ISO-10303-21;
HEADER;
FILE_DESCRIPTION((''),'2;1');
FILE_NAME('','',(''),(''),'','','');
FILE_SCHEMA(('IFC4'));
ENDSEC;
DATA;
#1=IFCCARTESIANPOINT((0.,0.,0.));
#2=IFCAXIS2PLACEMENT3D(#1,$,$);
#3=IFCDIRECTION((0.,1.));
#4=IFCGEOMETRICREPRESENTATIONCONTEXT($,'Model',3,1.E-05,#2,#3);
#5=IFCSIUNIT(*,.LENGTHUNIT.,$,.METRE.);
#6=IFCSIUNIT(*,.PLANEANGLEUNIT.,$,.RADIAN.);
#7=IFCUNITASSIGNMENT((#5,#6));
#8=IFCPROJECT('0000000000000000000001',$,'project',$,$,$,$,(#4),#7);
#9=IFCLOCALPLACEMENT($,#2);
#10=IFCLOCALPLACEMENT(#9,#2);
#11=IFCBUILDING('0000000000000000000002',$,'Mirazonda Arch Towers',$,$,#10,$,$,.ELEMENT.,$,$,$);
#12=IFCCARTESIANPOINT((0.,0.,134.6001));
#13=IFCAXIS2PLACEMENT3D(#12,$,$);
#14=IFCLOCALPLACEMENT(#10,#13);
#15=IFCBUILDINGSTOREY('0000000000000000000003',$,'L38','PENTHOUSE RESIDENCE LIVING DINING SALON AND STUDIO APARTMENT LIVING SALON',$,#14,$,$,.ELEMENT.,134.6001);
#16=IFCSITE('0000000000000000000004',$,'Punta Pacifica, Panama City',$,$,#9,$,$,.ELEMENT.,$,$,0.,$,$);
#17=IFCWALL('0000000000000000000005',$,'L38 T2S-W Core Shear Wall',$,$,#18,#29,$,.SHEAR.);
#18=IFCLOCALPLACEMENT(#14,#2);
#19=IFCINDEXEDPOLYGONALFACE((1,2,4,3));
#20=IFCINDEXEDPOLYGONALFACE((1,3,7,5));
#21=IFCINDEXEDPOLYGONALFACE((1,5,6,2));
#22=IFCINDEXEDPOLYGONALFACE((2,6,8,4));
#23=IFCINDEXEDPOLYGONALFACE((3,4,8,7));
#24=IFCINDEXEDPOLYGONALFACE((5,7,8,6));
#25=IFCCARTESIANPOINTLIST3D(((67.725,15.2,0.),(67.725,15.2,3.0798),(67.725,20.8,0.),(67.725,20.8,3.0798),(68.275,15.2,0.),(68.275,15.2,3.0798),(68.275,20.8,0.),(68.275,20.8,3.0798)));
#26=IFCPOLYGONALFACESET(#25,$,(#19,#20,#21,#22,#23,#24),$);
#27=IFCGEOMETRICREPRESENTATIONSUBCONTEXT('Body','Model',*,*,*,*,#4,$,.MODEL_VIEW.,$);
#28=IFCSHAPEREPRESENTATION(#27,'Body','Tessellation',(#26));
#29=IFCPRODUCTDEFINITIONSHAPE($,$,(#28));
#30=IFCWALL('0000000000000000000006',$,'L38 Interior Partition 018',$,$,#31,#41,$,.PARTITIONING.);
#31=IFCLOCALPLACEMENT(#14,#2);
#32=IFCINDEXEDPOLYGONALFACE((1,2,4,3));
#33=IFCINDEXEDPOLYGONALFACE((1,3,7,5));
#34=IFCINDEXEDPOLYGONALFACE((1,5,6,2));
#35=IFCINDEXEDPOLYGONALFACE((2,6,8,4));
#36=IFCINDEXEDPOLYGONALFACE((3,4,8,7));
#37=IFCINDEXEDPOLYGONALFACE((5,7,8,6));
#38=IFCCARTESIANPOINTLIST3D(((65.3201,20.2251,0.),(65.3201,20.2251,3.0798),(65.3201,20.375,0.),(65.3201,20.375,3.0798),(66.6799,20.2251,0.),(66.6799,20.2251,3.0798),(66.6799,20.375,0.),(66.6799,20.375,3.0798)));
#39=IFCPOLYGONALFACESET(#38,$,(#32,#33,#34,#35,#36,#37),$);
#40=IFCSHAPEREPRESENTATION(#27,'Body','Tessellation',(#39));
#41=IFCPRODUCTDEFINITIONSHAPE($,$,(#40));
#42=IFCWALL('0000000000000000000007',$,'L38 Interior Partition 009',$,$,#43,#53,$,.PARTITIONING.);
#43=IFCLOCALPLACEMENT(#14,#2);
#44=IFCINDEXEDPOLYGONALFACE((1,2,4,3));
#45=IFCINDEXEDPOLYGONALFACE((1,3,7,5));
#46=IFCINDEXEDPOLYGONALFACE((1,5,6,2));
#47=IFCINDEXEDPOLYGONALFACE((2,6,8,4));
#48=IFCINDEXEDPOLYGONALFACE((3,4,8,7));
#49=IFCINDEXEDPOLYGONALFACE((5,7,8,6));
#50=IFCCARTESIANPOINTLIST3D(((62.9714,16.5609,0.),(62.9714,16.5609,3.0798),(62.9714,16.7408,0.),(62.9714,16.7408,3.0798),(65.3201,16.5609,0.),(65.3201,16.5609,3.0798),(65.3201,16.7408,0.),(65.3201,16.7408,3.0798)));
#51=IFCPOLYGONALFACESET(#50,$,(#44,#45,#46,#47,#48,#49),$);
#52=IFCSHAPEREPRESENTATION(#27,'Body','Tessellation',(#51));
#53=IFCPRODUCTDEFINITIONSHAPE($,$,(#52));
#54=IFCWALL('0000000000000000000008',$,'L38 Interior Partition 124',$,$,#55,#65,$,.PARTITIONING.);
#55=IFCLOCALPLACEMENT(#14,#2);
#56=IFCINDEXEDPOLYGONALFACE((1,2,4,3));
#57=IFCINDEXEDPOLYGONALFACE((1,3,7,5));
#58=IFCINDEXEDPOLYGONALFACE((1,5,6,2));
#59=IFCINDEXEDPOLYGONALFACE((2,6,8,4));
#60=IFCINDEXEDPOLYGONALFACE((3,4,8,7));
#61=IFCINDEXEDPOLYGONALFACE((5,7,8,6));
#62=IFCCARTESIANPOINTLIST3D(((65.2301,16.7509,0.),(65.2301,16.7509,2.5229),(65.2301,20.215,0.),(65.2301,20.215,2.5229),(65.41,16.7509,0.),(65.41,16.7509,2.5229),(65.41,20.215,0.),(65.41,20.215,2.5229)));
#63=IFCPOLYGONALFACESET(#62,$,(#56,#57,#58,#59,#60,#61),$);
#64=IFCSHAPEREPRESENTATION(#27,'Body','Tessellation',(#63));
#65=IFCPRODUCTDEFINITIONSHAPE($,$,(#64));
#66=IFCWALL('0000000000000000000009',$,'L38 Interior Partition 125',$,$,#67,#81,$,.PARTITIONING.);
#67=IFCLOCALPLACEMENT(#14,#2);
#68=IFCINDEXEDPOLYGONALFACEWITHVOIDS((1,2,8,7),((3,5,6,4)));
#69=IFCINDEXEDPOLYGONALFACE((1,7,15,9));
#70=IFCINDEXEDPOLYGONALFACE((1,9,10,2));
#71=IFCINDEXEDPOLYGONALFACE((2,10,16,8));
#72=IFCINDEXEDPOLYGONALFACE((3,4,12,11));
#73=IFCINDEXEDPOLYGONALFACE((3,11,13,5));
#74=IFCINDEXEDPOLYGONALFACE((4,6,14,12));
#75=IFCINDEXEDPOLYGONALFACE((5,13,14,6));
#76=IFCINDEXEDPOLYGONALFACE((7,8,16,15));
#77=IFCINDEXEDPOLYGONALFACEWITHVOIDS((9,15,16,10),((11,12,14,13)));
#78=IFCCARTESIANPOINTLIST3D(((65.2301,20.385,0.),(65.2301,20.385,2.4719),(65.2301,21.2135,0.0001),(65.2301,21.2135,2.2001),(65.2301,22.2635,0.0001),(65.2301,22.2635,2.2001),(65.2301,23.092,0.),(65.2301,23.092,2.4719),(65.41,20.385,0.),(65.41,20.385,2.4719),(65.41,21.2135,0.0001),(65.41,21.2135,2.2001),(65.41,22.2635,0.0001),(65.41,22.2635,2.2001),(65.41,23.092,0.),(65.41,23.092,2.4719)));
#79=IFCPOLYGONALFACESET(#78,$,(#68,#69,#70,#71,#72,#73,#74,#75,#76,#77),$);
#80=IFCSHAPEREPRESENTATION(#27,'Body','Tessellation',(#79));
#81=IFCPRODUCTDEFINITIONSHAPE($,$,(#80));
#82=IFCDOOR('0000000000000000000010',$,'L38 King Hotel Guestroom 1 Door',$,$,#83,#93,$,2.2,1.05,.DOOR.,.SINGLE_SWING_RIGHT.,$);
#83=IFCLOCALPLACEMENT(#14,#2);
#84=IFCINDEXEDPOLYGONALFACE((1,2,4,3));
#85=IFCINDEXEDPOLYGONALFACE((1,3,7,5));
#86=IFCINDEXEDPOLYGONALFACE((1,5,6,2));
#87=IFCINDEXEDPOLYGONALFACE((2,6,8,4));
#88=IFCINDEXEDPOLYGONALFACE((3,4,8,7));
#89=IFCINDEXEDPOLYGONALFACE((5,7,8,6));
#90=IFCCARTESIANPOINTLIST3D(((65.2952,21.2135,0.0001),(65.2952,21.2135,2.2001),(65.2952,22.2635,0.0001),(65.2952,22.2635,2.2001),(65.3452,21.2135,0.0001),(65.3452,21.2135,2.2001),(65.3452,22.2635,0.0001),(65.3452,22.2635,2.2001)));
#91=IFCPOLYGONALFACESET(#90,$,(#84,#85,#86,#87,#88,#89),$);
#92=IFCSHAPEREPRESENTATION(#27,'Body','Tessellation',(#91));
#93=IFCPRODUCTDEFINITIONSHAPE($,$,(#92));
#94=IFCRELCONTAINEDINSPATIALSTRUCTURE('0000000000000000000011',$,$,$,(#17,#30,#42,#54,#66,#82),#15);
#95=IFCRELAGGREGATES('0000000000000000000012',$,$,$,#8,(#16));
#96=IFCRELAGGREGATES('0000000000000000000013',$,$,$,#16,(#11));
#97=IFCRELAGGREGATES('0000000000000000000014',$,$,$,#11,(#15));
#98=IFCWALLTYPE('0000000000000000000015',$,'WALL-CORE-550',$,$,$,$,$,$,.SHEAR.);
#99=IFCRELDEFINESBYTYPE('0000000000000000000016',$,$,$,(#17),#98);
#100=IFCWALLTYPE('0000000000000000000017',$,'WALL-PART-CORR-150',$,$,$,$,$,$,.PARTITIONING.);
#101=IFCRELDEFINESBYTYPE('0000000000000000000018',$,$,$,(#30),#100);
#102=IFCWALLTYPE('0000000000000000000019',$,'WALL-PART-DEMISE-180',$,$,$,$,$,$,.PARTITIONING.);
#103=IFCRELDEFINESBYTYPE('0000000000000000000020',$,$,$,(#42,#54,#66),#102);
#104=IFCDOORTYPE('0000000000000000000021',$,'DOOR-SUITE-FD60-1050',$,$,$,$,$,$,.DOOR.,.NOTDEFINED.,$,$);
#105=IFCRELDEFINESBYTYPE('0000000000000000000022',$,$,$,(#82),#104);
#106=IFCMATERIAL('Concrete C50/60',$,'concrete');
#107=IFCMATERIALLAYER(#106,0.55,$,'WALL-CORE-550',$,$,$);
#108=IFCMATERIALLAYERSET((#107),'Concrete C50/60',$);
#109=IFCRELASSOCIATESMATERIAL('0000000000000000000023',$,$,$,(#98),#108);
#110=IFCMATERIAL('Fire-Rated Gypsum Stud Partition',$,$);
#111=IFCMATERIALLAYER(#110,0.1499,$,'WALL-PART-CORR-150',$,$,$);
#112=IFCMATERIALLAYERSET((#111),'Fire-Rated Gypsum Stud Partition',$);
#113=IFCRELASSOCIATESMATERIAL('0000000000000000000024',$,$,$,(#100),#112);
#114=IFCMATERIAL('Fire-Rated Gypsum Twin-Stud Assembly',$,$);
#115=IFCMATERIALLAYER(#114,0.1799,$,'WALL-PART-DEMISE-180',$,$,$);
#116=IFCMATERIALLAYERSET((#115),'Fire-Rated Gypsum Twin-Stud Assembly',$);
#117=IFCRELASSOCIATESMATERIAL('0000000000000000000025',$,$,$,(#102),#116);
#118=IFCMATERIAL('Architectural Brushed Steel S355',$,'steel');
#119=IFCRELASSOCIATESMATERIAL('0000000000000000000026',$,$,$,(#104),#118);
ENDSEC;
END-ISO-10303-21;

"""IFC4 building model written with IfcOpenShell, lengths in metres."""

from ifc_helpers import new_model, si_unit, direction, frame, frame_2d, origin, place, context, subcontext, project, spatial, rectangle, extrude, material, layer, layer_set, type_object, element, fill, save


model = new_model("IFC4")

# Units and contexts
model_context = context("Model", 3, precision=1e-05, world=origin(), true_north=direction((0.0, 1.0)))
body_context = subcontext(model_context, "Body", "Model", "MODEL_VIEW")
ifc_project = project(units=[si_unit("LENGTHUNIT", "METRE"), si_unit("PLANEANGLEUNIT", "RADIAN")], contexts=[model_context])

# Site, building, storey
site_placement = place(None, origin())
site = spatial("IfcSite", under=ifc_project, at=site_placement, Name="Punta Pacifica, Panama City", CompositionType="ELEMENT", RefElevation=0.0)
building_placement = place(site_placement, origin())
building = spatial("IfcBuilding", under=site, at=building_placement, Name="Mirazonda Arch Towers", CompositionType="ELEMENT")
storey_placement = place(building_placement, frame((0.0, 0.0, 134.6001)))
storey = spatial("IfcBuildingStorey", under=building, at=storey_placement, Name="L38", Description="PENTHOUSE RESIDENCE LIVING DINING SALON AND STUDIO APARTMENT LIVING SALON", CompositionType="ELEMENT", Elevation=134.6001)

# Shared definitions
ifc_material_1 = material(Name="Concrete C50/60", Category="concrete")

# Shared definitions
ifc_material_2 = material(Name="Architectural Brushed Steel S355", Category="steel")

# Walls
ifc_layer_1 = layer(ifc_material_1, 0.55, Name="WALL-CORE-550")
ifc_layer_set_1 = layer_set([ifc_layer_1], Name="Concrete C50/60")
wall_type_1 = type_object("IfcWallType", Name="WALL-CORE-550", PredefinedType="SHEAR", material=ifc_layer_set_1)
wall_1_placement = place(storey_placement, frame((68.0, 15.2, 0.0), z_axis=(0.0, 0.0, 1.0), x_axis=(0.0, 1.0, 0.0)))
element("IfcWall", 1, at=wall_1_placement, inside=storey, type_object=wall_type_1, Name="L38 T2S-W Core Shear Wall", PredefinedType="SHEAR", context=body_context, shape_type="SweptSolid", body=[
    extrude(rectangle(XDim=5.6001, YDim=0.55, at=frame_2d((2.8, 0.0))), origin(), (0.0, 0.0, 1.0), 3.0798),
])
ifc_material_3 = material(Name="Fire-Rated Gypsum Stud Partition")
ifc_layer_2 = layer(ifc_material_3, 0.1499, Name="WALL-PART-CORR-150")
ifc_layer_set_2 = layer_set([ifc_layer_2], Name="Fire-Rated Gypsum Stud Partition")
wall_type_2 = type_object("IfcWallType", Name="WALL-PART-CORR-150", PredefinedType="PARTITIONING", material=ifc_layer_set_2)
wall_2_placement = place(storey_placement, frame((65.3201, 20.3, 0.0), z_axis=(0.0, 0.0, 1.0), x_axis=(1.0, 0.0, 0.0)))
element("IfcWall", 2, at=wall_2_placement, inside=storey, type_object=wall_type_2, Name="L38 Interior Partition 018", PredefinedType="PARTITIONING", context=body_context, shape_type="SweptSolid", body=[
    extrude(rectangle(XDim=1.3599, YDim=0.1499, at=frame_2d((0.6799, 0.0))), origin(), (0.0, 0.0, 1.0), 3.0798),
])
ifc_material_4 = material(Name="Fire-Rated Gypsum Twin-Stud Assembly")
ifc_layer_3 = layer(ifc_material_4, 0.1799, Name="WALL-PART-DEMISE-180")
ifc_layer_set_3 = layer_set([ifc_layer_3], Name="Fire-Rated Gypsum Twin-Stud Assembly")
wall_type_3 = type_object("IfcWallType", Name="WALL-PART-DEMISE-180", PredefinedType="PARTITIONING", material=ifc_layer_set_3)
wall_3_placement = place(storey_placement, frame((62.9714, 16.6509, 0.0), z_axis=(0.0, 0.0, 1.0), x_axis=(1.0, 0.0, 0.0)))
element("IfcWall", 3, at=wall_3_placement, inside=storey, type_object=wall_type_3, Name="L38 Interior Partition 009", PredefinedType="PARTITIONING", context=body_context, shape_type="SweptSolid", body=[
    extrude(rectangle(XDim=2.3486, YDim=0.1799, at=frame_2d((1.1743, 0.0))), origin(), (0.0, 0.0, 1.0), 3.0798),
])
wall_4_placement = place(storey_placement, frame((65.3201, 16.751, 0.0), z_axis=(0.0, 0.0, 1.0), x_axis=(0.0, 1.0, 0.0)))
element("IfcWall", 4, at=wall_4_placement, inside=storey, type_object=wall_type_3, Name="L38 Interior Partition 124", PredefinedType="PARTITIONING", context=body_context, shape_type="SweptSolid", body=[
    extrude(rectangle(XDim=3.4641, YDim=0.1799, at=frame_2d((1.7319, 0.0))), origin(), (0.0, 0.0, 1.0), 2.5229),
])

# Wall, opening, door
wall_5_placement = place(storey_placement, frame((65.3201, 20.385, 0.0), z_axis=(0.0, 0.0, 1.0), x_axis=(0.0, 1.0, 0.0)))
wall_5 = element("IfcWall", 5, at=wall_5_placement, inside=storey, type_object=wall_type_3, Name="L38 Interior Partition 125", PredefinedType="PARTITIONING", context=body_context, shape_type="SweptSolid", body=[
    extrude(rectangle(XDim=2.707, YDim=0.1799, at=frame_2d((1.3535, 0.0))), origin(), (0.0, 0.0, 1.0), 2.4719),
])
opening_1_placement = place(wall_5_placement, frame((0.8286, 0.0, 0.0)))
opening_1 = element("IfcOpeningElement", 6, at=opening_1_placement, cuts=wall_5, PredefinedType="OPENING", context=body_context, shape_type="SweptSolid", body=[
    extrude(rectangle(XDim=1.05, YDim=2.2, at=frame_2d((0.5249, 1.1001))), frame((0.0, 0.0999, 0.0), z_axis=(0.0, -1.0, 0.0), x_axis=(1.0, 0.0, 0.0)), (0.0, 0.0, 1.0), 0.2),
])
door_type_1 = type_object("IfcDoorType", Name="DOOR-SUITE-FD60-1050", OperationType="NOTDEFINED", PredefinedType="DOOR", material=ifc_material_2)
door_1_placement = place(opening_1_placement, origin())
door_1 = element("IfcDoor", 7, at=door_1_placement, inside=storey, type_object=door_type_1, Name="L38 King Hotel Guestroom 1 Door", OperationType="SINGLE_SWING_RIGHT", OverallHeight=2.2, OverallWidth=1.05, PredefinedType="DOOR", context=body_context, shape_type="SweptSolid", body=[
    extrude(rectangle(XDim=1.05, YDim=2.2, at=frame_2d((0.5249, 1.1001))), frame((0.0, 0.0249, 0.0), z_axis=(0.0, -1.0, 0.0), x_axis=(1.0, 0.0, 0.0)), (0.0, 0.0, 1.0), 0.05),
])
fill(opening_1, door_1)

save(model, "model.ifc")
